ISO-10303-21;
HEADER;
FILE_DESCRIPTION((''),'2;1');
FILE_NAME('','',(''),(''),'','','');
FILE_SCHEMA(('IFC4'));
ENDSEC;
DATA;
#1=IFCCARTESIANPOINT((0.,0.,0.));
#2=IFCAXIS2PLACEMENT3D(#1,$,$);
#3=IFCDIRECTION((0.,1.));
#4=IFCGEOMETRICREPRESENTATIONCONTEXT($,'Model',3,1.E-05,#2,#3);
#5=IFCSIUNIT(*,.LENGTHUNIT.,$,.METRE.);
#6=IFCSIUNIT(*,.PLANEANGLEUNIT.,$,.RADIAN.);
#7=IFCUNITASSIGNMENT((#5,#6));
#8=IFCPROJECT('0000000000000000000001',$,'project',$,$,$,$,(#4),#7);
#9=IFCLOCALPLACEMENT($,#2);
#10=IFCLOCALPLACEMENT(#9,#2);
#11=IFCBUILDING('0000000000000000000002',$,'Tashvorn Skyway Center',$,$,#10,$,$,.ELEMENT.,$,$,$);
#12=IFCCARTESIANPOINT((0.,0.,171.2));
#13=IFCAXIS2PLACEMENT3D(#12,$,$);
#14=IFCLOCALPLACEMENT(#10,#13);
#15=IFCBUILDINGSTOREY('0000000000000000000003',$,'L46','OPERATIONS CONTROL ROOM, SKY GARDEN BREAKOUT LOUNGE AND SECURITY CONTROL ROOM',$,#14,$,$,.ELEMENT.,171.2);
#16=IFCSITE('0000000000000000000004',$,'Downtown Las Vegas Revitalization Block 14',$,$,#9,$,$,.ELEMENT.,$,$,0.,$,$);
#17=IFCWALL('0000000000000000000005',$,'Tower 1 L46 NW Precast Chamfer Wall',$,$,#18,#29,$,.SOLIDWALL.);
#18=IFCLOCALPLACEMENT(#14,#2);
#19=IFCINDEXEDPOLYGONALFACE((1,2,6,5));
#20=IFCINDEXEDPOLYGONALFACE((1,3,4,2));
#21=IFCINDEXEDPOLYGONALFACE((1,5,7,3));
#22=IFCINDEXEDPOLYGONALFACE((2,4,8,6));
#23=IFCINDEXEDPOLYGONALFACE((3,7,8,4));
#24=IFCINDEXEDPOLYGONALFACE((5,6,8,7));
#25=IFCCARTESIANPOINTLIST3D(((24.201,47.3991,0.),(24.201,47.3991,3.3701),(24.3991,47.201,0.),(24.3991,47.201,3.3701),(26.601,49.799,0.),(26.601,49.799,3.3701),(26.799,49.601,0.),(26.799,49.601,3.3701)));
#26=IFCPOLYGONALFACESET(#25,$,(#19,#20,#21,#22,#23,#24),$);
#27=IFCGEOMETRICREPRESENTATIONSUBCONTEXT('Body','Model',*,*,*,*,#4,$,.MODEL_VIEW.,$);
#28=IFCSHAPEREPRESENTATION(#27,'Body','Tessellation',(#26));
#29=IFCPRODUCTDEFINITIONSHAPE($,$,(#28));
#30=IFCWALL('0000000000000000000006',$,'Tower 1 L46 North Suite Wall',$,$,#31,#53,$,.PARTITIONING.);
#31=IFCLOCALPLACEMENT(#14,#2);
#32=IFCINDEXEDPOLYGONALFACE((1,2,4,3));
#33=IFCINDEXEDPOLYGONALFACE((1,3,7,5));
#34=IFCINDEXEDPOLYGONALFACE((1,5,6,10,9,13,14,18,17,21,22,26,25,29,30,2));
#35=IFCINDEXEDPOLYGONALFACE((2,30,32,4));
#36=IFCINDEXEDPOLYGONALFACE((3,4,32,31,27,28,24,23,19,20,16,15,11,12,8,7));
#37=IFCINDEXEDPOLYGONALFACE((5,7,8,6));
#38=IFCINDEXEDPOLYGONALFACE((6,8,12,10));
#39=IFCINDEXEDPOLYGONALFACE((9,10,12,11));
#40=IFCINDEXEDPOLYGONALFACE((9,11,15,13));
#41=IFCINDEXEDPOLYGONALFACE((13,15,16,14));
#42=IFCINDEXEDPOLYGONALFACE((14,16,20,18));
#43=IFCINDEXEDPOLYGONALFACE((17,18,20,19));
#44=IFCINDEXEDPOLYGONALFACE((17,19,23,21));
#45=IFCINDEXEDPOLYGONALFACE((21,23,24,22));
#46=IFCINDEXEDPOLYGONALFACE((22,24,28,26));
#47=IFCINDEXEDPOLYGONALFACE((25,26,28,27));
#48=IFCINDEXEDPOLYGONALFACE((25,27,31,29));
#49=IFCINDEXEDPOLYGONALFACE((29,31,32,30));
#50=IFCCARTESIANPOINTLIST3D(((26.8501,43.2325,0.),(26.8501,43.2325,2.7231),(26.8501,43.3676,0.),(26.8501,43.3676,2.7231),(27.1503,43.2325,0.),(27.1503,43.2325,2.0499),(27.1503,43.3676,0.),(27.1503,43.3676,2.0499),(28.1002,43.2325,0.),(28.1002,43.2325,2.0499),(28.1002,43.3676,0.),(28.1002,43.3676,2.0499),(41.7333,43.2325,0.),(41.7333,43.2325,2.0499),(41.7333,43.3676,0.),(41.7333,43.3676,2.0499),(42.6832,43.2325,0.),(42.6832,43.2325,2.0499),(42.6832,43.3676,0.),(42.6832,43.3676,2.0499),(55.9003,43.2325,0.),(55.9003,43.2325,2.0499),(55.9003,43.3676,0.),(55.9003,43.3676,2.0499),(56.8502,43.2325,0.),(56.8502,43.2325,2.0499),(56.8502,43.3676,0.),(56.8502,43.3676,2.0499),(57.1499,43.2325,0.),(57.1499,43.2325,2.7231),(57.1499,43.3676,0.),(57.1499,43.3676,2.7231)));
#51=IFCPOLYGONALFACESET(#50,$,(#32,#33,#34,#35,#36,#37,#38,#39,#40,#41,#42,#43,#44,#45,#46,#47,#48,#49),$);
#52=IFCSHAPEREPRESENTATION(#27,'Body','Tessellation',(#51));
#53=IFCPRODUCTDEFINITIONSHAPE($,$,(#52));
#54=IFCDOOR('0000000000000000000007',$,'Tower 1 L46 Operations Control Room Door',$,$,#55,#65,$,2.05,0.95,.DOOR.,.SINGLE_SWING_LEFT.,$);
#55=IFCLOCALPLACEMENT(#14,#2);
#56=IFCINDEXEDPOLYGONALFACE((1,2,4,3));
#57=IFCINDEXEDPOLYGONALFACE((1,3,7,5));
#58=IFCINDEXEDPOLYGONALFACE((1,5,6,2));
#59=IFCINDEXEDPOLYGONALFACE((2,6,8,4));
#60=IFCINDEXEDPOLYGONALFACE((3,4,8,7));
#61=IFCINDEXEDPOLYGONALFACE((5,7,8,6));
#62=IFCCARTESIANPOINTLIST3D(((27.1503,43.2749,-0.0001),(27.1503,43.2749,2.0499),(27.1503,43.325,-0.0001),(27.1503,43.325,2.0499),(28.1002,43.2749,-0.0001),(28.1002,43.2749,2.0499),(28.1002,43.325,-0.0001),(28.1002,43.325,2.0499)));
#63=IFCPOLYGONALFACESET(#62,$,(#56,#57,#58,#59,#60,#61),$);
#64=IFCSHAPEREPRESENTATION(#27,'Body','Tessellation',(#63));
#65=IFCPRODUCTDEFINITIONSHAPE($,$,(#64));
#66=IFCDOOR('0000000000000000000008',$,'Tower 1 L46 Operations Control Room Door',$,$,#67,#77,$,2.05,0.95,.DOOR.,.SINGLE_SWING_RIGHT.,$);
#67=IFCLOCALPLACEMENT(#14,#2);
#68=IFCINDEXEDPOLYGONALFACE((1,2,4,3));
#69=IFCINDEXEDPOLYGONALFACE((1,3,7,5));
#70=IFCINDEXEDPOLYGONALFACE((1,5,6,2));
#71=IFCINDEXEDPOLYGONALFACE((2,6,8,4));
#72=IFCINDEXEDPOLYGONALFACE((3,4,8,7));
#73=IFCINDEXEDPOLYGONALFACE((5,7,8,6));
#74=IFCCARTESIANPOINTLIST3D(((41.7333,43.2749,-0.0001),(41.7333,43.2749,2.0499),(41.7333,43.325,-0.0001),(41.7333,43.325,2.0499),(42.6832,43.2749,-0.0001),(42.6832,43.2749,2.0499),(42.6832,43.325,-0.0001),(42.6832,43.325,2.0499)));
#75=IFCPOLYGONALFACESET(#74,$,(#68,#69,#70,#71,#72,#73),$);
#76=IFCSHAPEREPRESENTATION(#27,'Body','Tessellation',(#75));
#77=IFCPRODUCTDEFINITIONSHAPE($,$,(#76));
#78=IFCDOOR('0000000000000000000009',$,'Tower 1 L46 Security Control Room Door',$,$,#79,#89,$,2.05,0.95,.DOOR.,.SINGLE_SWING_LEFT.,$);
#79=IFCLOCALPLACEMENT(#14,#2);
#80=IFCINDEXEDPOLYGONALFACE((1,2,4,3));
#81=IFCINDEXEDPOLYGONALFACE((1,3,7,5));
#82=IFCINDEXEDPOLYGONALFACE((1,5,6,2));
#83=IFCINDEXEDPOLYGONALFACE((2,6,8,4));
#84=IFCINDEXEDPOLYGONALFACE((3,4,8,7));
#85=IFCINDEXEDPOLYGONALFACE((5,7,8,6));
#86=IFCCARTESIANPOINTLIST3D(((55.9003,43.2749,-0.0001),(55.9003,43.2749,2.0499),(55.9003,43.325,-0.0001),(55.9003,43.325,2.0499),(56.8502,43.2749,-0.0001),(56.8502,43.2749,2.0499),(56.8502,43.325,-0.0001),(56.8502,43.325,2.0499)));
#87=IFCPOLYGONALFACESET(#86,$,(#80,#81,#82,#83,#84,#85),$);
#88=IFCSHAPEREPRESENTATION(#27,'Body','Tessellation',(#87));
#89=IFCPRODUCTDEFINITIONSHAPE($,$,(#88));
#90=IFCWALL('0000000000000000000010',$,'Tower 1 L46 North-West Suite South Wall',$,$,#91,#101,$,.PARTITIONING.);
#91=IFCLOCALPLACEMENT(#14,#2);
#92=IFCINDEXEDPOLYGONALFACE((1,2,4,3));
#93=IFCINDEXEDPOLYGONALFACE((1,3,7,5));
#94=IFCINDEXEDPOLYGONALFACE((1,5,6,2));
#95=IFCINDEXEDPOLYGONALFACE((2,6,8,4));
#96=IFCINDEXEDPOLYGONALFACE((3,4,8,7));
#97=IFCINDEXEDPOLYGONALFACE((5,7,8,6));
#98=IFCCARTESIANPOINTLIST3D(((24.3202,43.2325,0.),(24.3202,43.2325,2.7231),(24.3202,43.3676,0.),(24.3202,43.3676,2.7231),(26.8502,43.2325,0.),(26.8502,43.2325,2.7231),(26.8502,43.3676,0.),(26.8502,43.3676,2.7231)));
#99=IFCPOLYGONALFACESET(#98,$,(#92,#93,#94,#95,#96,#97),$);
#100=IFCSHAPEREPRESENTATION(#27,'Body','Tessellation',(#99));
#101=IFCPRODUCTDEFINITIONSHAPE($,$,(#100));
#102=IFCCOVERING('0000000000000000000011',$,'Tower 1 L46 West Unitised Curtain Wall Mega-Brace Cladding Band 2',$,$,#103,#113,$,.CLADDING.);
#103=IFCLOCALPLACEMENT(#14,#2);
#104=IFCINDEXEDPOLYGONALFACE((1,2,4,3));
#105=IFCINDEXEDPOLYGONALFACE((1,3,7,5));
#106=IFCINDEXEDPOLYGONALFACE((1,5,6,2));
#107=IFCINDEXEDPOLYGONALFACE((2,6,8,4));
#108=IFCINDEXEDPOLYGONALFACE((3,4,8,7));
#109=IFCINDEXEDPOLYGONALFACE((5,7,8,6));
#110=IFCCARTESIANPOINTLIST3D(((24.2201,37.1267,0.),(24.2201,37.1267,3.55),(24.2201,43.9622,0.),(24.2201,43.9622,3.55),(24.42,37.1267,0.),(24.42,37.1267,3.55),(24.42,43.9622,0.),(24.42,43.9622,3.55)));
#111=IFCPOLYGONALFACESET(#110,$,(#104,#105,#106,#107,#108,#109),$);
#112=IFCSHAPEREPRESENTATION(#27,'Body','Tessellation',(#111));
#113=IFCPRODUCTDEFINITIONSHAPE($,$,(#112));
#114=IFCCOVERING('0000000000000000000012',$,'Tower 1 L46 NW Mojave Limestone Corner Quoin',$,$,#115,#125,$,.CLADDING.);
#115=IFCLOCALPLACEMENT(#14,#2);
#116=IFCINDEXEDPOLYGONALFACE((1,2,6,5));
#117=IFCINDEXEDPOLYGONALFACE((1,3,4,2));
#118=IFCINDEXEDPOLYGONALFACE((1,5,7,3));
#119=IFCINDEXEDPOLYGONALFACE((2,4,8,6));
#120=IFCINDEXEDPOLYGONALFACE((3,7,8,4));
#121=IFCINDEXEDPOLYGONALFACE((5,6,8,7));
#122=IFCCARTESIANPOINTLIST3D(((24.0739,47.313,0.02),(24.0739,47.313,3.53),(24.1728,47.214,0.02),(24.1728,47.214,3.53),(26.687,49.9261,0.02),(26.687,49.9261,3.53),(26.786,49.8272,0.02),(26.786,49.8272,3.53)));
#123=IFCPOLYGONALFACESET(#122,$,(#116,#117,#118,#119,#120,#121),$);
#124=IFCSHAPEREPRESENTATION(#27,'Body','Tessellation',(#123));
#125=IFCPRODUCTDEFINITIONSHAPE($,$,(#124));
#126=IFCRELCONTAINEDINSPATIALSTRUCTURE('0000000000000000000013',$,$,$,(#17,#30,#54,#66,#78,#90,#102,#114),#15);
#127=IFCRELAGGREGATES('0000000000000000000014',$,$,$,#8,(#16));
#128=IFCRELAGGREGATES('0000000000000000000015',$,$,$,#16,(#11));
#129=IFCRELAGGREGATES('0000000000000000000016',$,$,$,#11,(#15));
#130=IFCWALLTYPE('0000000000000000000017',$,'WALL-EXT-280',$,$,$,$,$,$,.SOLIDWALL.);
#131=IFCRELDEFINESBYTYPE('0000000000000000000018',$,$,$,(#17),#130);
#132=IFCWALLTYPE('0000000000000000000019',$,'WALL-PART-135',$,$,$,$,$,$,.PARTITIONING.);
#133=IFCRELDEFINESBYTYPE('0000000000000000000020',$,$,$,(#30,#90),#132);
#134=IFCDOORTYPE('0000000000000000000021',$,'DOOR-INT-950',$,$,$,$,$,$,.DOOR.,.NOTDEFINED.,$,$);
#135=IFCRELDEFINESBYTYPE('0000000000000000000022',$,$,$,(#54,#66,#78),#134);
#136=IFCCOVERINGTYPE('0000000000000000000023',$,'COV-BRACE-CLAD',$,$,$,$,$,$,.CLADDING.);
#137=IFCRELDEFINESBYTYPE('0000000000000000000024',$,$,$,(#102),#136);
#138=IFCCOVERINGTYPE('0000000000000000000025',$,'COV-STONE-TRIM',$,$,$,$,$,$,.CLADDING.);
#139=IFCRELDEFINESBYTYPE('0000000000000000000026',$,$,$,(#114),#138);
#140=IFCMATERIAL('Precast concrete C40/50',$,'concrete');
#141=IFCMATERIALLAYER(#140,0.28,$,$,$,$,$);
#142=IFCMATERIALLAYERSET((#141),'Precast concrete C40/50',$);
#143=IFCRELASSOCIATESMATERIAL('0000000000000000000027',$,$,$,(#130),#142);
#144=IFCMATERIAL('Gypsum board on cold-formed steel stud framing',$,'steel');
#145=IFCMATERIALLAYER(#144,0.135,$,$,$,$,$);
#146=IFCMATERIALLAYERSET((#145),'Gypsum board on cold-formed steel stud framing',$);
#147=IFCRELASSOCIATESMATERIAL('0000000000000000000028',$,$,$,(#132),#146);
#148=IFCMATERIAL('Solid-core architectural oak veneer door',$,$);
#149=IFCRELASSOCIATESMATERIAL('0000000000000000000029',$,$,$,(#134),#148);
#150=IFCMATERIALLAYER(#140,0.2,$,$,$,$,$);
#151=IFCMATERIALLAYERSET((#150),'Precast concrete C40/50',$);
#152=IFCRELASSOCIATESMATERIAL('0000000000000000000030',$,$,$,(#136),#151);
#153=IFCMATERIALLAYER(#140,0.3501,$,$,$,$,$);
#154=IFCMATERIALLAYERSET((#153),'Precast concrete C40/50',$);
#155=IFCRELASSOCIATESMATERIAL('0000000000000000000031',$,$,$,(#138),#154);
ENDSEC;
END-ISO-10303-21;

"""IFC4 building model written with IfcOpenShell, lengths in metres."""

from ifc_helpers import new_model, si_unit, direction, frame, frame_2d, origin, origin_2d, place, context, subcontext, project, spatial, rectangle, extrude, material, layer, layer_set, type_object, element, fill, save


model = new_model("IFC4")

# Units and contexts
model_context = context("Model", 3, precision=1e-05, world=origin(), true_north=direction((0.0, 1.0)))
body_context = subcontext(model_context, "Body", "Model", "MODEL_VIEW")
ifc_project = project(units=[si_unit("LENGTHUNIT", "METRE"), si_unit("PLANEANGLEUNIT", "RADIAN")], contexts=[model_context])

# Site, building, storey
site_placement = place(None, origin())
site = spatial("IfcSite", under=ifc_project, at=site_placement, Name="Downtown Las Vegas Revitalization Block 14", CompositionType="ELEMENT", RefElevation=0.0)
building_placement = place(site_placement, origin())
building = spatial("IfcBuilding", under=site, at=building_placement, Name="Tashvorn Skyway Center", CompositionType="ELEMENT")
storey_placement = place(building_placement, frame((0.0, 0.0, 171.2)))
storey = spatial("IfcBuildingStorey", under=building, at=storey_placement, Name="L46", Description="OPERATIONS CONTROL ROOM, SKY GARDEN BREAKOUT LOUNGE AND SECURITY CONTROL ROOM", CompositionType="ELEMENT", Elevation=171.2)

# Wall
ifc_material_1 = material(Name="Precast concrete C40/50", Category="concrete")
ifc_layer_1 = layer(ifc_material_1, 0.28)
ifc_layer_set_1 = layer_set([ifc_layer_1], Name="Precast concrete C40/50")
wall_type_1 = type_object("IfcWallType", Name="WALL-EXT-280", PredefinedType="SOLIDWALL", material=ifc_layer_set_1)
wall_1_placement = place(storey_placement, frame((24.3, 47.3, 0.0), z_axis=(0.0, 0.0, 1.0), x_axis=(0.707107, 0.707107, 0.0)))
element("IfcWall", 1, at=wall_1_placement, inside=storey, type_object=wall_type_1, Name="Tower 1 L46 NW Precast Chamfer Wall", PredefinedType="SOLIDWALL", context=body_context, shape_type="SweptSolid", body=[
    extrude(rectangle(XDim=3.394, YDim=0.28, at=frame_2d((1.697, 0.0))), origin(), (0.0, 0.0, 1.0), 3.3701),
])

# Wall, openings, doors
ifc_material_2 = material(Name="Gypsum board on cold-formed steel stud framing", Category="steel")
ifc_layer_2 = layer(ifc_material_2, 0.135)
ifc_layer_set_2 = layer_set([ifc_layer_2], Name="Gypsum board on cold-formed steel stud framing")
wall_type_2 = type_object("IfcWallType", Name="WALL-PART-135", PredefinedType="PARTITIONING", material=ifc_layer_set_2)
wall_2_placement = place(storey_placement, frame((26.8501, 43.3, 0.0), z_axis=(0.0, 0.0, 1.0), x_axis=(1.0, 0.0, 0.0)))
wall_2 = element("IfcWall", 2, at=wall_2_placement, inside=storey, type_object=wall_type_2, Name="Tower 1 L46 North Suite Wall", PredefinedType="PARTITIONING", context=body_context, shape_type="SweptSolid", body=[
    extrude(rectangle(XDim=30.2998, YDim=0.135, at=frame_2d((15.1499, 0.0))), origin(), (0.0, 0.0, 1.0), 2.7231),
])
opening_1_placement = place(wall_2_placement, frame((0.3, 0.0, 0.0)))
opening_1 = element("IfcOpeningElement", 3, at=opening_1_placement, cuts=wall_2, PredefinedType="OPENING", context=body_context, shape_type="SweptSolid", body=[
    extrude(rectangle(XDim=0.95, YDim=2.05, at=frame_2d((0.4751, 1.0249))), frame((0.0, 0.0774, 0.0), z_axis=(0.0, -1.0, 0.0), x_axis=(1.0, 0.0, 0.0)), (0.0, 0.0, 1.0), 0.155),
])
opening_2_placement = place(wall_2_placement, frame((14.8831, 0.0, 0.0)))
opening_2 = element("IfcOpeningElement", 4, at=opening_2_placement, cuts=wall_2, PredefinedType="OPENING", context=body_context, shape_type="SweptSolid", body=[
    extrude(rectangle(XDim=0.95, YDim=2.05, at=frame_2d((0.4751, 1.0249))), frame((0.0, 0.0774, 0.0), z_axis=(0.0, -1.0, 0.0), x_axis=(1.0, 0.0, 0.0)), (0.0, 0.0, 1.0), 0.155),
])
opening_3_placement = place(wall_2_placement, frame((29.05, 0.0, 0.0)))
opening_3 = element("IfcOpeningElement", 5, at=opening_3_placement, cuts=wall_2, PredefinedType="OPENING", context=body_context, shape_type="SweptSolid", body=[
    extrude(rectangle(XDim=0.95, YDim=2.05, at=frame_2d((0.4751, 1.0249))), frame((0.0, 0.0774, 0.0), z_axis=(0.0, -1.0, 0.0), x_axis=(1.0, 0.0, 0.0)), (0.0, 0.0, 1.0), 0.155),
])
ifc_material_3 = material(Name="Solid-core architectural oak veneer door")
door_type = type_object("IfcDoorType", Name="DOOR-INT-950", OperationType="NOTDEFINED", PredefinedType="DOOR", material=ifc_material_3)
door_1_placement = place(opening_1_placement, origin())
door_1 = element("IfcDoor", 6, at=door_1_placement, inside=storey, type_object=door_type, Name="Tower 1 L46 Operations Control Room Door", OperationType="SINGLE_SWING_LEFT", OverallHeight=2.05, OverallWidth=0.95, PredefinedType="DOOR", context=body_context, shape_type="SweptSolid", body=[
    extrude(rectangle(XDim=0.95, YDim=2.05, at=frame_2d((0.4751, 1.0249))), frame((0.0, 0.0249, 0.0), z_axis=(0.0, -1.0, 0.0), x_axis=(1.0, 0.0, 0.0)), (0.0, 0.0, 1.0), 0.05),
])
fill(opening_1, door_1)
door_2_placement = place(opening_2_placement, origin())
door_2 = element("IfcDoor", 7, at=door_2_placement, inside=storey, type_object=door_type, Name="Tower 1 L46 Operations Control Room Door", OperationType="SINGLE_SWING_RIGHT", OverallHeight=2.05, OverallWidth=0.95, PredefinedType="DOOR", context=body_context, shape_type="SweptSolid", body=[
    extrude(rectangle(XDim=0.95, YDim=2.05, at=frame_2d((0.4751, 1.0249))), frame((0.0, 0.0249, 0.0), z_axis=(0.0, -1.0, 0.0), x_axis=(1.0, 0.0, 0.0)), (0.0, 0.0, 1.0), 0.05),
])
fill(opening_2, door_2)
door_3_placement = place(opening_3_placement, origin())
door_3 = element("IfcDoor", 8, at=door_3_placement, inside=storey, type_object=door_type, Name="Tower 1 L46 Security Control Room Door", OperationType="SINGLE_SWING_LEFT", OverallHeight=2.05, OverallWidth=0.95, PredefinedType="DOOR", context=body_context, shape_type="SweptSolid", body=[
    extrude(rectangle(XDim=0.95, YDim=2.05, at=frame_2d((0.4751, 1.0249))), frame((0.0, 0.0249, 0.0), z_axis=(0.0, -1.0, 0.0), x_axis=(1.0, 0.0, 0.0)), (0.0, 0.0, 1.0), 0.05),
])
fill(opening_3, door_3)

# Wall
wall_3_placement = place(storey_placement, frame((24.3201, 43.3, 0.0), z_axis=(0.0, 0.0, 1.0), x_axis=(1.0, 0.0, 0.0)))
element("IfcWall", 9, at=wall_3_placement, inside=storey, type_object=wall_type_2, Name="Tower 1 L46 North-West Suite South Wall", PredefinedType="PARTITIONING", context=body_context, shape_type="SweptSolid", body=[
    extrude(rectangle(XDim=2.53, YDim=0.135, at=frame_2d((1.2651, 0.0))), origin(), (0.0, 0.0, 1.0), 2.7231),
])

# Coverings
ifc_layer_3 = layer(ifc_material_1, 0.2)
ifc_layer_set_3 = layer_set([ifc_layer_3], Name="Precast concrete C40/50")
covering_type_1 = type_object("IfcCoveringType", Name="COV-BRACE-CLAD", PredefinedType="CLADDING", material=ifc_layer_set_3)
covering_1_placement = place(storey_placement, frame((24.3201, 40.5444, 0.0), z_axis=(0.0, 0.0, 1.0), x_axis=(0.0, 1.0, 0.0)))
element("IfcCovering", 10, at=covering_1_placement, inside=storey, type_object=covering_type_1, Name="Tower 1 L46 West Unitised Curtain Wall Mega-Brace Cladding Band 2", PredefinedType="CLADDING", context=body_context, shape_type="SweptSolid", body=[
    extrude(rectangle(XDim=6.8354, YDim=0.2, at=origin_2d()), origin(), (0.0, 0.0, 1.0), 3.55),
])
ifc_layer_4 = layer(ifc_material_1, 0.3501)
ifc_layer_set_4 = layer_set([ifc_layer_4], Name="Precast concrete C40/50")
covering_type_2 = type_object("IfcCoveringType", Name="COV-STONE-TRIM", PredefinedType="CLADDING", material=ifc_layer_set_4)
covering_2_placement = place(storey_placement, frame((25.4299, 48.5701, 0.02), z_axis=(0.0, 0.0, 1.0), x_axis=(-0.707107, -0.707107, 0.0)))
element("IfcCovering", 11, at=covering_2_placement, inside=storey, type_object=covering_type_2, Name="Tower 1 L46 NW Mojave Limestone Corner Quoin", PredefinedType="CLADDING", context=body_context, shape_type="SweptSolid", body=[
    extrude(rectangle(XDim=3.6956, YDim=0.1399, at=origin_2d()), origin(), (0.0, 0.0, 1.0), 3.51),
])

save(model, "model.ifc")
